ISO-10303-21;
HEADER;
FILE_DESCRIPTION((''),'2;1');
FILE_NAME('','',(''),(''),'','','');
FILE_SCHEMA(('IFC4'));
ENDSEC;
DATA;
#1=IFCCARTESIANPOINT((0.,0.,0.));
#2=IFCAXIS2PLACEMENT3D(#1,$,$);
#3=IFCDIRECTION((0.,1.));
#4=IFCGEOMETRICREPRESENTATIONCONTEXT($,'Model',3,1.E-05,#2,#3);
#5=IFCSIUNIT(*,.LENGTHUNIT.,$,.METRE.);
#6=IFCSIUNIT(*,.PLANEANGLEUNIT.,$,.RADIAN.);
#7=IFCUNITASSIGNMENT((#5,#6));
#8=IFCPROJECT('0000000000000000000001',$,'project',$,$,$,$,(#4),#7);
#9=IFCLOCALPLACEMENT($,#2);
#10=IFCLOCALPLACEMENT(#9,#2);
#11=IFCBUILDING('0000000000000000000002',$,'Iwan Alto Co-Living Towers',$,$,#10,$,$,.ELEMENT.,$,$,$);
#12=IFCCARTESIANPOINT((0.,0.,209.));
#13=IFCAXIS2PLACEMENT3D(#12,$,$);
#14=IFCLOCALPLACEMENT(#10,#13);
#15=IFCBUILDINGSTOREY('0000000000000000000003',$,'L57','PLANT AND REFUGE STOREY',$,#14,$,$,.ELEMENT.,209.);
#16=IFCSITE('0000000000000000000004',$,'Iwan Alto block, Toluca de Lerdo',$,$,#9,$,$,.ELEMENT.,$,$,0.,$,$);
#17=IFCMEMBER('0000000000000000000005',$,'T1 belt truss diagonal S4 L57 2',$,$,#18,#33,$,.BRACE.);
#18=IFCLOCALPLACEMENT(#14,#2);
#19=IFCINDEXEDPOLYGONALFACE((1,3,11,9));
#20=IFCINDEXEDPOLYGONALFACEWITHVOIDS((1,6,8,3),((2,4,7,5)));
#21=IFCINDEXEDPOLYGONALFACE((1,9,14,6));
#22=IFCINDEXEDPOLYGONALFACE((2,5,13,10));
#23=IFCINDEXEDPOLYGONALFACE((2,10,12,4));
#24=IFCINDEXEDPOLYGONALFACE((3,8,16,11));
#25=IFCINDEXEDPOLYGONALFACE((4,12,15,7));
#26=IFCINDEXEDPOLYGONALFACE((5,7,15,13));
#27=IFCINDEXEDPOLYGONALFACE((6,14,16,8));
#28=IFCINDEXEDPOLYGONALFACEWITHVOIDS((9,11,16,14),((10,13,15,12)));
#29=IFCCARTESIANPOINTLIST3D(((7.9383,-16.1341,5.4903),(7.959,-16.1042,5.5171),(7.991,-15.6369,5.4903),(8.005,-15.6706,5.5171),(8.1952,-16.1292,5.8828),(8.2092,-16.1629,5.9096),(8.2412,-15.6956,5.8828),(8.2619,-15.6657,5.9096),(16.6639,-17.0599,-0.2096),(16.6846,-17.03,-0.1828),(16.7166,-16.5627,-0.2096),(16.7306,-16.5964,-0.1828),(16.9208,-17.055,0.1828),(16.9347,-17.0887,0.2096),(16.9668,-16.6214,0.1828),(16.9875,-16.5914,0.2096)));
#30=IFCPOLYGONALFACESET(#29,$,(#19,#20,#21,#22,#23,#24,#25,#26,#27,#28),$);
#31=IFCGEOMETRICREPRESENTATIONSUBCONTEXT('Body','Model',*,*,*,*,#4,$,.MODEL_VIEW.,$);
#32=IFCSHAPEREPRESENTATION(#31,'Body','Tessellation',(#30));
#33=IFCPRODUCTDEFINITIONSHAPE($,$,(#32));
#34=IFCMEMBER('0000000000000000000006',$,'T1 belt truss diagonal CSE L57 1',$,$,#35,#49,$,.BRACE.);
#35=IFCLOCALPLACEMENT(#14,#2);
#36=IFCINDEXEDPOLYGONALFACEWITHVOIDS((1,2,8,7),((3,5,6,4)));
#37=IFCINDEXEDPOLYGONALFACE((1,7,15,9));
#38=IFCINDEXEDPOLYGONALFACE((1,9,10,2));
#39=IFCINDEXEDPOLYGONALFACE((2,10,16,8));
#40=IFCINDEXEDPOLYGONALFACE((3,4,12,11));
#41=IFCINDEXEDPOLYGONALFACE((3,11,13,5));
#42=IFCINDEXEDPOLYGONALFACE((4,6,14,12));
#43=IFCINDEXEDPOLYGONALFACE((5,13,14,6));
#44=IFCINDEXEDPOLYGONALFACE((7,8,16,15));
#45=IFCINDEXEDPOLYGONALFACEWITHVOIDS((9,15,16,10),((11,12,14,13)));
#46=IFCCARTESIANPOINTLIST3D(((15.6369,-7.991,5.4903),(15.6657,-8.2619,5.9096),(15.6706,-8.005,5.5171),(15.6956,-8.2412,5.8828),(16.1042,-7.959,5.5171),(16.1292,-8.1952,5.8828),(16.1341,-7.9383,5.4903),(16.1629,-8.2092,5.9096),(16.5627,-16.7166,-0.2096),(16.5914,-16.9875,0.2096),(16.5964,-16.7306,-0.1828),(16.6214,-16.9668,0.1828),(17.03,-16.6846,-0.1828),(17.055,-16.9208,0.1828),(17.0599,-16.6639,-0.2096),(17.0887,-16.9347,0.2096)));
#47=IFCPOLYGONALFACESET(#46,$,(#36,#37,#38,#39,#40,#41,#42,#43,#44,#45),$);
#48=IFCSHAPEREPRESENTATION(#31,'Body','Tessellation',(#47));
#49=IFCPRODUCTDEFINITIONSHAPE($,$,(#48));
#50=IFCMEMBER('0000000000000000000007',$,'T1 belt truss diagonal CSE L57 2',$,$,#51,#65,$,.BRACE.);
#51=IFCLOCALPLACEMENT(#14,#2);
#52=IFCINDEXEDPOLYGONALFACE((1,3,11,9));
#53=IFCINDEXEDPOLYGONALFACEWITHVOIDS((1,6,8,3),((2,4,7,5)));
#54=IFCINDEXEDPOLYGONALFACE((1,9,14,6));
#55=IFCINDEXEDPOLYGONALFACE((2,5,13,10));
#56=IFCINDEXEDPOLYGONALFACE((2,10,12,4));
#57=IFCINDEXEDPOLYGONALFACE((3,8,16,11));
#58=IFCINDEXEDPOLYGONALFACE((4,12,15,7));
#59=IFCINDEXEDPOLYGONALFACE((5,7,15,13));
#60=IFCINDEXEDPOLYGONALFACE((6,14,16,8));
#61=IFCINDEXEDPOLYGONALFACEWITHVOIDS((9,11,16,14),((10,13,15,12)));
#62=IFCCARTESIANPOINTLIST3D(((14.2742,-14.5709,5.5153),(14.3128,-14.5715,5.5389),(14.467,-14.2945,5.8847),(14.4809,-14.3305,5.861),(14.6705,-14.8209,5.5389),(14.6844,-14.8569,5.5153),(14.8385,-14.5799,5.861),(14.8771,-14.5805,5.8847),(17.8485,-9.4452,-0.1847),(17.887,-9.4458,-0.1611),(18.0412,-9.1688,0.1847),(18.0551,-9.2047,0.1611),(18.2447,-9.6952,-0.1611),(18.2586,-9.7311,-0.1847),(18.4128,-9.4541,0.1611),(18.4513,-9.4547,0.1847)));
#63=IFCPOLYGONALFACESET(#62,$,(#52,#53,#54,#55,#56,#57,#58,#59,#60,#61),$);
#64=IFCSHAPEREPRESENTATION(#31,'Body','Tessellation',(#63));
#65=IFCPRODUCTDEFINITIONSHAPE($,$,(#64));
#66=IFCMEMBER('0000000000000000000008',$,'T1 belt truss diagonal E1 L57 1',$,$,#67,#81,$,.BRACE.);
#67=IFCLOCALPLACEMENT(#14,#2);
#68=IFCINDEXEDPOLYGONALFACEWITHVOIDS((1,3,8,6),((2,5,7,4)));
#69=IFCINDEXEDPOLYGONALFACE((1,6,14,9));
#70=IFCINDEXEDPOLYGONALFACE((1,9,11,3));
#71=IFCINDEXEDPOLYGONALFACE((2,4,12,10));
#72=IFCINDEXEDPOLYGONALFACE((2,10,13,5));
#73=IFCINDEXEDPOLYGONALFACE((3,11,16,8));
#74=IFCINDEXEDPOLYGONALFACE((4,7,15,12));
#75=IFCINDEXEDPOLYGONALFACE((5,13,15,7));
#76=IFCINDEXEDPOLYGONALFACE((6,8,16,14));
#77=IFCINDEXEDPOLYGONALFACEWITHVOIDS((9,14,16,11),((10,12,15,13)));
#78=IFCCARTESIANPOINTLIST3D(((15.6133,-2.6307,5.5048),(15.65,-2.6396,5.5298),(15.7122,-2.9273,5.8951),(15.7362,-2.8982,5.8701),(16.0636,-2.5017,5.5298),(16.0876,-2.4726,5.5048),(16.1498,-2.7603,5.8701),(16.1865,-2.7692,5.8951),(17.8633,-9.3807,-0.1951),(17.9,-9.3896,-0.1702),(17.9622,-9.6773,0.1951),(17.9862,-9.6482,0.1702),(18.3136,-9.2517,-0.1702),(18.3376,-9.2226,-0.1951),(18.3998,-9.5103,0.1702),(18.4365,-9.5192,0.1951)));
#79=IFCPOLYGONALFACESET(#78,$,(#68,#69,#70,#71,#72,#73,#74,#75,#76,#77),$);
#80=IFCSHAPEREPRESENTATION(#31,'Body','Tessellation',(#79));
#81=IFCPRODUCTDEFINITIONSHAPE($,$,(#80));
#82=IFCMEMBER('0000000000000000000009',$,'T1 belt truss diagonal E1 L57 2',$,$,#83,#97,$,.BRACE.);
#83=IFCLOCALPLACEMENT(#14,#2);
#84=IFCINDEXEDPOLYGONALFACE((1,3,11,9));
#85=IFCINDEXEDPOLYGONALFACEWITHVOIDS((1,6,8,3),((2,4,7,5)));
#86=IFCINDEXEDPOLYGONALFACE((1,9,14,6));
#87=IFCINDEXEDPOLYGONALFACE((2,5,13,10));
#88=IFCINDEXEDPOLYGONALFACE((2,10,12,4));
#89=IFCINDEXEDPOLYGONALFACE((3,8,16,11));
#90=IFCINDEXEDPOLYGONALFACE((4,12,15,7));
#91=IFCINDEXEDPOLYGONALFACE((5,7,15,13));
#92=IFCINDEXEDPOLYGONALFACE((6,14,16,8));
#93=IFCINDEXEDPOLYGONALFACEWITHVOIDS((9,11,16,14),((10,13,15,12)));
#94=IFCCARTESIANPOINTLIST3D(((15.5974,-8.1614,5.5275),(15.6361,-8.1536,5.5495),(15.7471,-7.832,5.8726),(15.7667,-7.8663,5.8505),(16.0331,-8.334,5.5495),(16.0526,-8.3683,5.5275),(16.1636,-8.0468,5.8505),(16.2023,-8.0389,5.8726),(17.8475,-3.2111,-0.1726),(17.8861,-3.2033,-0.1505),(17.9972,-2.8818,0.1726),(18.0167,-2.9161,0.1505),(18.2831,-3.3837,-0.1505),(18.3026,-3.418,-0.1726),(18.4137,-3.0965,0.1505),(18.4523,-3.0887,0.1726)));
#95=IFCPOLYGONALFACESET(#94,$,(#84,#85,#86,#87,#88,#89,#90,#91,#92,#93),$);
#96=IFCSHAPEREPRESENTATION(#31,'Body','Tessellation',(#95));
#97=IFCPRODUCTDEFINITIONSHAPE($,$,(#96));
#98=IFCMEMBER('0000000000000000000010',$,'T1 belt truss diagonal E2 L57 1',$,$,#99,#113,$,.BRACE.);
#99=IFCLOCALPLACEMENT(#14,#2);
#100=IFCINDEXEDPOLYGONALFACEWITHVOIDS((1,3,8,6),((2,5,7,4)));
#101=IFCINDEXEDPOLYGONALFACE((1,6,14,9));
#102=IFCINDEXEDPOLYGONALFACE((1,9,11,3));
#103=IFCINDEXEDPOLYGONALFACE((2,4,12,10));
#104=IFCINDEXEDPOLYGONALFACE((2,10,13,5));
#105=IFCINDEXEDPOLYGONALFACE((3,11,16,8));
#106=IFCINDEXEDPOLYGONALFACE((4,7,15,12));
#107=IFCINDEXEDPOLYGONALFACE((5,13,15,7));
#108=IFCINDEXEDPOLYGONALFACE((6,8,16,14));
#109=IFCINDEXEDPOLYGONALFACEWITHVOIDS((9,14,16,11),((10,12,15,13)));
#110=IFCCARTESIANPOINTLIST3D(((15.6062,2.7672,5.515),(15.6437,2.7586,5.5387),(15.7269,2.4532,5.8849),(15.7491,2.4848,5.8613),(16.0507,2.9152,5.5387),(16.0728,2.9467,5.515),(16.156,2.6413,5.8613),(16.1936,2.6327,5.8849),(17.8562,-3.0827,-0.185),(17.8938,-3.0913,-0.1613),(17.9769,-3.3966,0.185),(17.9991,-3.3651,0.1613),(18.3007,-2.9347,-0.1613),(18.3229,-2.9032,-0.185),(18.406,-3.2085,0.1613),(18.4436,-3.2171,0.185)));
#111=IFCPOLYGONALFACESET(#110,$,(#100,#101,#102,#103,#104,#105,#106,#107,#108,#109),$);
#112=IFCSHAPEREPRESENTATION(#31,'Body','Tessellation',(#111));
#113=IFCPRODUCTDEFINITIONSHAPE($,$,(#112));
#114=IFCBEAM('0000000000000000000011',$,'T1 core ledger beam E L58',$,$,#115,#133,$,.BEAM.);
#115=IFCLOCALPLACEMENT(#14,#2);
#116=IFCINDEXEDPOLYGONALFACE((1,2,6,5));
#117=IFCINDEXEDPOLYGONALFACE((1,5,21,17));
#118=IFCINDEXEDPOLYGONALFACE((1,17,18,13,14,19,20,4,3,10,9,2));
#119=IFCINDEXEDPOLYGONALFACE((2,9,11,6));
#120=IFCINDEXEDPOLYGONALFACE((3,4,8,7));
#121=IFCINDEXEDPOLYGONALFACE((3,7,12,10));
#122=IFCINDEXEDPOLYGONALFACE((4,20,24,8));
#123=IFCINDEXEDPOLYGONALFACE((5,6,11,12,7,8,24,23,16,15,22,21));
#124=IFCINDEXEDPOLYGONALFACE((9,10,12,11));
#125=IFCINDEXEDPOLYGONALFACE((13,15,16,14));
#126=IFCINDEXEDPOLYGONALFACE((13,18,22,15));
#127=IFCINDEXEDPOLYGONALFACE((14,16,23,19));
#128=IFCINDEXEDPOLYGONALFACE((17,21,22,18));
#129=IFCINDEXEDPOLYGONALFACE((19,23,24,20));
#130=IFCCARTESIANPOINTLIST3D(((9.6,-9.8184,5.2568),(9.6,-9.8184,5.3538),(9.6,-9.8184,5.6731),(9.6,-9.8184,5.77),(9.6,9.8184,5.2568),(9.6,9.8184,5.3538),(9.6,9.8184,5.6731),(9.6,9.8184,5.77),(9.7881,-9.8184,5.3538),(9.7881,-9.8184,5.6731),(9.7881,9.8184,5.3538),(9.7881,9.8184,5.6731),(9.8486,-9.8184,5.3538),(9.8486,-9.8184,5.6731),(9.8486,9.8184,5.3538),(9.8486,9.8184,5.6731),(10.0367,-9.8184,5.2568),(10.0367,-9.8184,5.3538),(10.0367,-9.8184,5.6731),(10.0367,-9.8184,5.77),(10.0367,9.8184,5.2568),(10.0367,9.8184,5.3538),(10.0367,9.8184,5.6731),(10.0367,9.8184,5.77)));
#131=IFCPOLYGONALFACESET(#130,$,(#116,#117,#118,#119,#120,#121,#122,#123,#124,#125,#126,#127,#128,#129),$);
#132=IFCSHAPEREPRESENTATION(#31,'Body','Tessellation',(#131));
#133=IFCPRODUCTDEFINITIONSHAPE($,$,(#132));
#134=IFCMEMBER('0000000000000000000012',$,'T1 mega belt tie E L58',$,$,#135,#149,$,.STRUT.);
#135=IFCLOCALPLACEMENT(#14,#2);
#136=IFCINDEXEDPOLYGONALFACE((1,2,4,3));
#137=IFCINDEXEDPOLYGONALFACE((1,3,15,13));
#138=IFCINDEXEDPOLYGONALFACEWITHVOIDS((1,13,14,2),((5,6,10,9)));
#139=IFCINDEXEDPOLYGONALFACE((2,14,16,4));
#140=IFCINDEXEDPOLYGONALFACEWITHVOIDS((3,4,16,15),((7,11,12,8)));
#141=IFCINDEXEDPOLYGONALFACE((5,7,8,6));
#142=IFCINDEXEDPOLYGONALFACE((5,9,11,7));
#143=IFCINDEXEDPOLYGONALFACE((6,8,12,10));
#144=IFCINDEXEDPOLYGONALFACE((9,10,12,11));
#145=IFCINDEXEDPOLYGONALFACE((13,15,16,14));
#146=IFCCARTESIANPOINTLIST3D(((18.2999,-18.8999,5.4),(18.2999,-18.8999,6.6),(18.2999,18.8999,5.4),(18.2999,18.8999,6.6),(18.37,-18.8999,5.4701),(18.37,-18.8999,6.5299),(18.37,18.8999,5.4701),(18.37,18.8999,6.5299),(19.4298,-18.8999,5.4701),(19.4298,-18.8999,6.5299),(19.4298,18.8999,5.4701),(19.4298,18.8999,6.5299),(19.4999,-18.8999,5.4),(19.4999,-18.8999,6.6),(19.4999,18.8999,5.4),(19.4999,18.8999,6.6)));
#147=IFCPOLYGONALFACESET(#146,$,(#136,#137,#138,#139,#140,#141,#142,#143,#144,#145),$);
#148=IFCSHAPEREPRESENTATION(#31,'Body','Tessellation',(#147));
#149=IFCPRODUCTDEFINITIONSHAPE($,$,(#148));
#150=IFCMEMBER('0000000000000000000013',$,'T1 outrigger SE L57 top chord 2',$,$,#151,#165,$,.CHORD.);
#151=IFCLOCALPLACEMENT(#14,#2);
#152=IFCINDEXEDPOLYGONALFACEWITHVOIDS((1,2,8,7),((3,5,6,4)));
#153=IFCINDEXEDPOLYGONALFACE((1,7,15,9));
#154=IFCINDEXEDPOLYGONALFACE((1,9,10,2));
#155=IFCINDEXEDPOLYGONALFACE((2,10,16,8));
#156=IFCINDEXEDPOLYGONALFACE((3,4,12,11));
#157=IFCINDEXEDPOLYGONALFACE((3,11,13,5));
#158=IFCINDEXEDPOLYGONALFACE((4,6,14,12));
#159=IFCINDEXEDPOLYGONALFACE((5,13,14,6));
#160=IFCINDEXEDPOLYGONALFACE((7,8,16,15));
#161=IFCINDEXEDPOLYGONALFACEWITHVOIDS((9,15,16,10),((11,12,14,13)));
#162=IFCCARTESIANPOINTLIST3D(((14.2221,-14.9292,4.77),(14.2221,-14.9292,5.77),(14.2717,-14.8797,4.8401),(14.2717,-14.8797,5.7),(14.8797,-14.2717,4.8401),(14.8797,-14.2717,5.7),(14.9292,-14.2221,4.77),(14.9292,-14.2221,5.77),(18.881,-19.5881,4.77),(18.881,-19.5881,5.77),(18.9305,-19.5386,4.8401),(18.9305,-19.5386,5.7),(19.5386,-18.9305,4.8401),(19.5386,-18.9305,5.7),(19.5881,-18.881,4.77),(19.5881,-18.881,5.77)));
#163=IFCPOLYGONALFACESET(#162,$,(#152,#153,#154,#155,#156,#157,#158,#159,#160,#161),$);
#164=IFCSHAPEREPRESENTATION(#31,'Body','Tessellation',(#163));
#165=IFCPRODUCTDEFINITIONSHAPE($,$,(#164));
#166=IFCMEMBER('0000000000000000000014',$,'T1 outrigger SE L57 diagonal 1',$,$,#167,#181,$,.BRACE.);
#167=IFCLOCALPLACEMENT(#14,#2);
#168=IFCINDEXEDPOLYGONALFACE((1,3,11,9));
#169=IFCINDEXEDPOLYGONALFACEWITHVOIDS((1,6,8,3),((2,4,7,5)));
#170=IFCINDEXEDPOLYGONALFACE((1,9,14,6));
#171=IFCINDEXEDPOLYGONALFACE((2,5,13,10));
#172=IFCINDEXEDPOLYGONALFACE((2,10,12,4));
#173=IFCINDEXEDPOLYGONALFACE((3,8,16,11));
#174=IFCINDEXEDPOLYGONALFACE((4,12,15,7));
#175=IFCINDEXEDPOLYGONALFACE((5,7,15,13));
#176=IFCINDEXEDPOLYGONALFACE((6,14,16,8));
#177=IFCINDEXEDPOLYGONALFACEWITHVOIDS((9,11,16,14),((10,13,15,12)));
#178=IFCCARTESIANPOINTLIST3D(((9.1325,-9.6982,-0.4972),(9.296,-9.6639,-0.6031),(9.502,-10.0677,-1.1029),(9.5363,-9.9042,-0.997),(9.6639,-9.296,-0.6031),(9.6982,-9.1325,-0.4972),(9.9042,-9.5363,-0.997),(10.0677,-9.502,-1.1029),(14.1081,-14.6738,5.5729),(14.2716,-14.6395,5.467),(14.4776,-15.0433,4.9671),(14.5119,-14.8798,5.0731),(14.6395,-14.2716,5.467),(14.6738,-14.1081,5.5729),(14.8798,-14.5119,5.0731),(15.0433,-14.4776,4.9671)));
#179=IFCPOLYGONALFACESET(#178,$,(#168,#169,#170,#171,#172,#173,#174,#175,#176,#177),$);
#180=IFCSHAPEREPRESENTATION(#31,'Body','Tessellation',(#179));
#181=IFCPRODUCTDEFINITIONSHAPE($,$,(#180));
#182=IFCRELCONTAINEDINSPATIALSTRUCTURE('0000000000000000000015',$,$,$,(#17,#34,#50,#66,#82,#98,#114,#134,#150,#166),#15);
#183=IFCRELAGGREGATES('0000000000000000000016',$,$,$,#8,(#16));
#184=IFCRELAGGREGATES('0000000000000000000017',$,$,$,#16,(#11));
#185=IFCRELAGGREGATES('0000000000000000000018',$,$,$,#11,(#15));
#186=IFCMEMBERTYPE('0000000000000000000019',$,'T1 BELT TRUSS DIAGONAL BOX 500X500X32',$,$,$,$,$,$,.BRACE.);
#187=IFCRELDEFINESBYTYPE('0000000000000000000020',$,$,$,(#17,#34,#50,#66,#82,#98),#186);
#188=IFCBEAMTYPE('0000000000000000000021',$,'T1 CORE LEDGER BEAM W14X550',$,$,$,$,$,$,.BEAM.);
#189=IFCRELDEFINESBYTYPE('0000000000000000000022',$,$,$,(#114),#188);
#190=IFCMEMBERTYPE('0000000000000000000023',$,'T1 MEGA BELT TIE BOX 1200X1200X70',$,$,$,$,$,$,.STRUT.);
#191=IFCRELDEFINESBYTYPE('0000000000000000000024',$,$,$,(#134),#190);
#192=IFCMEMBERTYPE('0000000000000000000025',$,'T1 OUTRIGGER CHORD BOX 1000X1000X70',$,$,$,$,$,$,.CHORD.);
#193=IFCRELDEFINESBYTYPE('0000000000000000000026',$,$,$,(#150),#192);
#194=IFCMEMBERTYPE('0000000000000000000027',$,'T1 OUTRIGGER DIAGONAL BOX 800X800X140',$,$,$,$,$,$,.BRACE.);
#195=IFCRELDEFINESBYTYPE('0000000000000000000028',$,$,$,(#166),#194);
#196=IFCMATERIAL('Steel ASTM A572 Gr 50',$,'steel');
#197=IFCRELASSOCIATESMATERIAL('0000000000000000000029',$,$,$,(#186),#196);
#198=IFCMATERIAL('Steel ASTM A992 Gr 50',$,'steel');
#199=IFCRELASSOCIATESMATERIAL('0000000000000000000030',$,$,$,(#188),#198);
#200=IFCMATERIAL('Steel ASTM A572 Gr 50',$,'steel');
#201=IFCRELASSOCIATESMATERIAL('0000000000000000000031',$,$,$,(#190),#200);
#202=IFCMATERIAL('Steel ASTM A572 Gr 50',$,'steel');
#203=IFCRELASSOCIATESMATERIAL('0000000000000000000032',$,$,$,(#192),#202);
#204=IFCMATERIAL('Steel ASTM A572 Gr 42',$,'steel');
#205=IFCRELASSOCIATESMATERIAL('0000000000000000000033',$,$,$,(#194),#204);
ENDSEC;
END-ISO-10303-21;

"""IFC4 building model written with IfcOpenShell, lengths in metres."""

from ifc_helpers import new_model, si_unit, direction, frame, origin, origin_2d, place, context, subcontext, project, spatial, hollow_rectangle, i_section, extrude, material, material_profile, profile_set, type_object, element, save


model = new_model("IFC4")

# Units and contexts
model_context = context("Model", 3, precision=1e-05, world=origin(), true_north=direction((0.0, 1.0)))
body_context = subcontext(model_context, "Body", "Model", "MODEL_VIEW")
ifc_project = project(units=[si_unit("LENGTHUNIT", "METRE"), si_unit("PLANEANGLEUNIT", "RADIAN")], contexts=[model_context])

# Site, building, storey
site_placement = place(None, origin())
site = spatial("IfcSite", under=ifc_project, at=site_placement, Name="Iwan Alto block, Toluca de Lerdo", CompositionType="ELEMENT", RefElevation=0.0)
building_placement = place(site_placement, origin())
building = spatial("IfcBuilding", under=site, at=building_placement, Name="Iwan Alto Co-Living Towers", CompositionType="ELEMENT")
storey_placement = place(building_placement, frame((0.0, 0.0, 209.0)))
storey = spatial("IfcBuildingStorey", under=building, at=storey_placement, Name="L57", Description="PLANT AND REFUGE STOREY", CompositionType="ELEMENT", Elevation=209.0)

# Members
ifc_material_1 = material(Name="Steel ASTM A572 Gr 50", Category="steel")
ifc_material_profile_1 = material_profile(ifc_material_1, hollow_rectangle(XDim=0.5, YDim=0.5, WallThickness=0.032, at=origin_2d()), Name="BOX 500X500X32")
ifc_profile_set_1 = profile_set([ifc_material_profile_1], Name="Steel ASTM A572 Gr 50")
member_type_1 = type_object("IfcMemberType", Name="T1 BELT TRUSS DIAGONAL BOX 500X500X32", PredefinedType="BRACE", material=ifc_profile_set_1)
for number, where, z_axis, x_axis, name in (
    (1, (16.8257, -16.8257, 0.0), (-0.833916, 0.088478, 0.544752), (-0.105507, -0.994419, 0.0), "T1 belt truss diagonal S4 L57 2"),
    (2, (16.8257, -16.8257, 0.0), (-0.088478, 0.833916, 0.544752), (-0.994419, -0.105507, 0.0), "T1 belt truss diagonal CSE L57 1"),
):
    element("IfcMember", number, at=place(storey_placement, frame(where, z_axis=z_axis, x_axis=x_axis)), inside=storey, type_object=member_type_1, Name=name, PredefinedType="BRACE", context=body_context, shape_type="SweptSolid", body=[
        extrude(hollow_rectangle(XDim=0.5, YDim=0.5, WallThickness=0.032, at=origin_2d()), origin(), (0.0, 0.0, 1.0), 10.4634),
    ])
member_1_placement = place(storey_placement, frame((18.1499, -9.45, 0.0), z_axis=(-0.422585, -0.606022, 0.673913), x_axis=(0.820268, -0.57198, 0.0)))
element("IfcMember", 3, at=member_1_placement, inside=storey, type_object=member_type_1, Name="T1 belt truss diagonal CSE L57 2", PredefinedType="BRACE", context=body_context, shape_type="SweptSolid", body=[
    extrude(hollow_rectangle(XDim=0.5, YDim=0.5, WallThickness=0.032, at=origin_2d()), origin(), (0.0, 0.0, 1.0), 8.458),
])
member_2_placement = place(storey_placement, frame((18.1499, -9.45, 0.0), z_axis=(-0.246799, 0.740398, 0.62522), x_axis=(-0.948683, -0.316228, 0.0)))
element("IfcMember", 4, at=member_2_placement, inside=storey, type_object=member_type_1, Name="T1 belt truss diagonal E1 L57 1", PredefinedType="BRACE", context=body_context, shape_type="SweptSolid", body=[
    extrude(hollow_rectangle(XDim=0.5, YDim=0.5, WallThickness=0.032, at=origin_2d()), origin(), (0.0, 0.0, 1.0), 9.1167),
])
member_3_placement = place(storey_placement, frame((18.1499, -3.1499, 0.0), z_axis=(-0.28562, -0.62839, 0.723566), x_axis=(0.910373, -0.413789, 0.0)))
element("IfcMember", 5, at=member_3_placement, inside=storey, type_object=member_type_1, Name="T1 belt truss diagonal E1 L57 2", PredefinedType="BRACE", context=body_context, shape_type="SweptSolid", body=[
    extrude(hollow_rectangle(XDim=0.5, YDim=0.5, WallThickness=0.032, at=origin_2d()), origin(), (0.0, 0.0, 1.0), 7.8777),
])
member_4_placement = place(storey_placement, frame((18.1499, -3.1499, 0.0), z_axis=(-0.265585, 0.690503, 0.672808), x_axis=(-0.933343, -0.358987, 0.0)))
element("IfcMember", 6, at=member_4_placement, inside=storey, type_object=member_type_1, Name="T1 belt truss diagonal E2 L57 1", PredefinedType="BRACE", context=body_context, shape_type="SweptSolid", body=[
    extrude(hollow_rectangle(XDim=0.5, YDim=0.5, WallThickness=0.032, at=origin_2d()), origin(), (0.0, 0.0, 1.0), 8.4719),
])

# Beam
ifc_material_2 = material(Name="Steel ASTM A992 Gr 50", Category="steel")
ifc_material_profile_2 = material_profile(ifc_material_2, i_section(OverallWidth=0.4368, OverallDepth=0.5132, WebThickness=0.0605, FlangeThickness=0.0969, at=origin_2d()), Name="W14X550")
ifc_profile_set_2 = profile_set([ifc_material_profile_2], Name="Steel ASTM A992 Gr 50")
beam_type_1 = type_object("IfcBeamType", Name="T1 CORE LEDGER BEAM W14X550", PredefinedType="BEAM", material=ifc_profile_set_2)
beam_1_placement = place(storey_placement, frame((9.8184, -9.8184, 5.5134), z_axis=(0.0, 1.0, 0.0), x_axis=(-1.0, 0.0, 0.0)))
element("IfcBeam", 7, at=beam_1_placement, inside=storey, type_object=beam_type_1, Name="T1 core ledger beam E L58", PredefinedType="BEAM", context=body_context, shape_type="SweptSolid", body=[
    extrude(i_section(OverallWidth=0.4368, OverallDepth=0.5132, WebThickness=0.0605, FlangeThickness=0.0969, at=origin_2d()), origin(), (0.0, 0.0, 1.0), 19.6367),
])

# Members
ifc_material_3 = material(Name="Steel ASTM A572 Gr 50", Category="steel")
ifc_material_profile_3 = material_profile(ifc_material_3, hollow_rectangle(XDim=1.2, YDim=1.2, WallThickness=0.0701, at=origin_2d()), Name="BOX 1200X1200X70")
ifc_profile_set_3 = profile_set([ifc_material_profile_3], Name="Steel ASTM A572 Gr 50")
member_type_2 = type_object("IfcMemberType", Name="T1 MEGA BELT TIE BOX 1200X1200X70", PredefinedType="STRUT", material=ifc_profile_set_3)
member_5_placement = place(storey_placement, frame((18.8999, -18.8999, 6.0), z_axis=(0.0, 1.0, 0.0), x_axis=(-1.0, 0.0, 0.0)))
element("IfcMember", 8, at=member_5_placement, inside=storey, type_object=member_type_2, Name="T1 mega belt tie E L58", PredefinedType="STRUT", context=body_context, shape_type="SweptSolid", body=[
    extrude(hollow_rectangle(XDim=1.2, YDim=1.2, WallThickness=0.0701, at=origin_2d()), origin(), (0.0, 0.0, 1.0), 37.7998),
])
ifc_material_4 = material(Name="Steel ASTM A572 Gr 50", Category="steel")
ifc_material_profile_4 = material_profile(ifc_material_4, hollow_rectangle(XDim=1.0, YDim=1.0, WallThickness=0.0701, at=origin_2d()), Name="BOX 1000X1000X70")
ifc_profile_set_4 = profile_set([ifc_material_profile_4], Name="Steel ASTM A572 Gr 50")
member_type_3 = type_object("IfcMemberType", Name="T1 OUTRIGGER CHORD BOX 1000X1000X70", PredefinedType="CHORD", material=ifc_profile_set_4)
member_6_placement = place(storey_placement, frame((14.5757, -14.5757, 5.27), z_axis=(0.707107, -0.707107, 0.0), x_axis=(0.707107, 0.707107, 0.0)))
element("IfcMember", 9, at=member_6_placement, inside=storey, type_object=member_type_3, Name="T1 outrigger SE L57 top chord 2", PredefinedType="CHORD", context=body_context, shape_type="SweptSolid", body=[
    extrude(hollow_rectangle(XDim=1.0, YDim=1.0, WallThickness=0.0701, at=origin_2d()), origin(), (0.0, 0.0, 1.0), 6.5886),
])
ifc_material_5 = material(Name="Steel ASTM A572 Gr 42", Category="steel")
ifc_material_profile_5 = material_profile(ifc_material_5, hollow_rectangle(XDim=0.8, YDim=0.8, WallThickness=0.1399, at=origin_2d()), Name="BOX 800X800X140")
ifc_profile_set_5 = profile_set([ifc_material_profile_5], Name="Steel ASTM A572 Gr 42")
member_type_4 = type_object("IfcMemberType", Name="T1 OUTRIGGER DIAGONAL BOX 800X800X140", PredefinedType="BRACE", material=ifc_profile_set_5)
member_7_placement = place(storey_placement, frame((9.6001, -9.6001, -0.8), z_axis=(0.535416, -0.535416, 0.653192), x_axis=(0.707107, 0.707107, 0.0)))
element("IfcMember", 10, at=member_7_placement, inside=storey, type_object=member_type_4, Name="T1 outrigger SE L57 diagonal 1", PredefinedType="BRACE", context=body_context, shape_type="SweptSolid", body=[
    extrude(hollow_rectangle(XDim=0.8, YDim=0.8, WallThickness=0.1399, at=origin_2d()), origin(), (0.0, 0.0, 1.0), 9.293),
])

save(model, "model.ifc")
